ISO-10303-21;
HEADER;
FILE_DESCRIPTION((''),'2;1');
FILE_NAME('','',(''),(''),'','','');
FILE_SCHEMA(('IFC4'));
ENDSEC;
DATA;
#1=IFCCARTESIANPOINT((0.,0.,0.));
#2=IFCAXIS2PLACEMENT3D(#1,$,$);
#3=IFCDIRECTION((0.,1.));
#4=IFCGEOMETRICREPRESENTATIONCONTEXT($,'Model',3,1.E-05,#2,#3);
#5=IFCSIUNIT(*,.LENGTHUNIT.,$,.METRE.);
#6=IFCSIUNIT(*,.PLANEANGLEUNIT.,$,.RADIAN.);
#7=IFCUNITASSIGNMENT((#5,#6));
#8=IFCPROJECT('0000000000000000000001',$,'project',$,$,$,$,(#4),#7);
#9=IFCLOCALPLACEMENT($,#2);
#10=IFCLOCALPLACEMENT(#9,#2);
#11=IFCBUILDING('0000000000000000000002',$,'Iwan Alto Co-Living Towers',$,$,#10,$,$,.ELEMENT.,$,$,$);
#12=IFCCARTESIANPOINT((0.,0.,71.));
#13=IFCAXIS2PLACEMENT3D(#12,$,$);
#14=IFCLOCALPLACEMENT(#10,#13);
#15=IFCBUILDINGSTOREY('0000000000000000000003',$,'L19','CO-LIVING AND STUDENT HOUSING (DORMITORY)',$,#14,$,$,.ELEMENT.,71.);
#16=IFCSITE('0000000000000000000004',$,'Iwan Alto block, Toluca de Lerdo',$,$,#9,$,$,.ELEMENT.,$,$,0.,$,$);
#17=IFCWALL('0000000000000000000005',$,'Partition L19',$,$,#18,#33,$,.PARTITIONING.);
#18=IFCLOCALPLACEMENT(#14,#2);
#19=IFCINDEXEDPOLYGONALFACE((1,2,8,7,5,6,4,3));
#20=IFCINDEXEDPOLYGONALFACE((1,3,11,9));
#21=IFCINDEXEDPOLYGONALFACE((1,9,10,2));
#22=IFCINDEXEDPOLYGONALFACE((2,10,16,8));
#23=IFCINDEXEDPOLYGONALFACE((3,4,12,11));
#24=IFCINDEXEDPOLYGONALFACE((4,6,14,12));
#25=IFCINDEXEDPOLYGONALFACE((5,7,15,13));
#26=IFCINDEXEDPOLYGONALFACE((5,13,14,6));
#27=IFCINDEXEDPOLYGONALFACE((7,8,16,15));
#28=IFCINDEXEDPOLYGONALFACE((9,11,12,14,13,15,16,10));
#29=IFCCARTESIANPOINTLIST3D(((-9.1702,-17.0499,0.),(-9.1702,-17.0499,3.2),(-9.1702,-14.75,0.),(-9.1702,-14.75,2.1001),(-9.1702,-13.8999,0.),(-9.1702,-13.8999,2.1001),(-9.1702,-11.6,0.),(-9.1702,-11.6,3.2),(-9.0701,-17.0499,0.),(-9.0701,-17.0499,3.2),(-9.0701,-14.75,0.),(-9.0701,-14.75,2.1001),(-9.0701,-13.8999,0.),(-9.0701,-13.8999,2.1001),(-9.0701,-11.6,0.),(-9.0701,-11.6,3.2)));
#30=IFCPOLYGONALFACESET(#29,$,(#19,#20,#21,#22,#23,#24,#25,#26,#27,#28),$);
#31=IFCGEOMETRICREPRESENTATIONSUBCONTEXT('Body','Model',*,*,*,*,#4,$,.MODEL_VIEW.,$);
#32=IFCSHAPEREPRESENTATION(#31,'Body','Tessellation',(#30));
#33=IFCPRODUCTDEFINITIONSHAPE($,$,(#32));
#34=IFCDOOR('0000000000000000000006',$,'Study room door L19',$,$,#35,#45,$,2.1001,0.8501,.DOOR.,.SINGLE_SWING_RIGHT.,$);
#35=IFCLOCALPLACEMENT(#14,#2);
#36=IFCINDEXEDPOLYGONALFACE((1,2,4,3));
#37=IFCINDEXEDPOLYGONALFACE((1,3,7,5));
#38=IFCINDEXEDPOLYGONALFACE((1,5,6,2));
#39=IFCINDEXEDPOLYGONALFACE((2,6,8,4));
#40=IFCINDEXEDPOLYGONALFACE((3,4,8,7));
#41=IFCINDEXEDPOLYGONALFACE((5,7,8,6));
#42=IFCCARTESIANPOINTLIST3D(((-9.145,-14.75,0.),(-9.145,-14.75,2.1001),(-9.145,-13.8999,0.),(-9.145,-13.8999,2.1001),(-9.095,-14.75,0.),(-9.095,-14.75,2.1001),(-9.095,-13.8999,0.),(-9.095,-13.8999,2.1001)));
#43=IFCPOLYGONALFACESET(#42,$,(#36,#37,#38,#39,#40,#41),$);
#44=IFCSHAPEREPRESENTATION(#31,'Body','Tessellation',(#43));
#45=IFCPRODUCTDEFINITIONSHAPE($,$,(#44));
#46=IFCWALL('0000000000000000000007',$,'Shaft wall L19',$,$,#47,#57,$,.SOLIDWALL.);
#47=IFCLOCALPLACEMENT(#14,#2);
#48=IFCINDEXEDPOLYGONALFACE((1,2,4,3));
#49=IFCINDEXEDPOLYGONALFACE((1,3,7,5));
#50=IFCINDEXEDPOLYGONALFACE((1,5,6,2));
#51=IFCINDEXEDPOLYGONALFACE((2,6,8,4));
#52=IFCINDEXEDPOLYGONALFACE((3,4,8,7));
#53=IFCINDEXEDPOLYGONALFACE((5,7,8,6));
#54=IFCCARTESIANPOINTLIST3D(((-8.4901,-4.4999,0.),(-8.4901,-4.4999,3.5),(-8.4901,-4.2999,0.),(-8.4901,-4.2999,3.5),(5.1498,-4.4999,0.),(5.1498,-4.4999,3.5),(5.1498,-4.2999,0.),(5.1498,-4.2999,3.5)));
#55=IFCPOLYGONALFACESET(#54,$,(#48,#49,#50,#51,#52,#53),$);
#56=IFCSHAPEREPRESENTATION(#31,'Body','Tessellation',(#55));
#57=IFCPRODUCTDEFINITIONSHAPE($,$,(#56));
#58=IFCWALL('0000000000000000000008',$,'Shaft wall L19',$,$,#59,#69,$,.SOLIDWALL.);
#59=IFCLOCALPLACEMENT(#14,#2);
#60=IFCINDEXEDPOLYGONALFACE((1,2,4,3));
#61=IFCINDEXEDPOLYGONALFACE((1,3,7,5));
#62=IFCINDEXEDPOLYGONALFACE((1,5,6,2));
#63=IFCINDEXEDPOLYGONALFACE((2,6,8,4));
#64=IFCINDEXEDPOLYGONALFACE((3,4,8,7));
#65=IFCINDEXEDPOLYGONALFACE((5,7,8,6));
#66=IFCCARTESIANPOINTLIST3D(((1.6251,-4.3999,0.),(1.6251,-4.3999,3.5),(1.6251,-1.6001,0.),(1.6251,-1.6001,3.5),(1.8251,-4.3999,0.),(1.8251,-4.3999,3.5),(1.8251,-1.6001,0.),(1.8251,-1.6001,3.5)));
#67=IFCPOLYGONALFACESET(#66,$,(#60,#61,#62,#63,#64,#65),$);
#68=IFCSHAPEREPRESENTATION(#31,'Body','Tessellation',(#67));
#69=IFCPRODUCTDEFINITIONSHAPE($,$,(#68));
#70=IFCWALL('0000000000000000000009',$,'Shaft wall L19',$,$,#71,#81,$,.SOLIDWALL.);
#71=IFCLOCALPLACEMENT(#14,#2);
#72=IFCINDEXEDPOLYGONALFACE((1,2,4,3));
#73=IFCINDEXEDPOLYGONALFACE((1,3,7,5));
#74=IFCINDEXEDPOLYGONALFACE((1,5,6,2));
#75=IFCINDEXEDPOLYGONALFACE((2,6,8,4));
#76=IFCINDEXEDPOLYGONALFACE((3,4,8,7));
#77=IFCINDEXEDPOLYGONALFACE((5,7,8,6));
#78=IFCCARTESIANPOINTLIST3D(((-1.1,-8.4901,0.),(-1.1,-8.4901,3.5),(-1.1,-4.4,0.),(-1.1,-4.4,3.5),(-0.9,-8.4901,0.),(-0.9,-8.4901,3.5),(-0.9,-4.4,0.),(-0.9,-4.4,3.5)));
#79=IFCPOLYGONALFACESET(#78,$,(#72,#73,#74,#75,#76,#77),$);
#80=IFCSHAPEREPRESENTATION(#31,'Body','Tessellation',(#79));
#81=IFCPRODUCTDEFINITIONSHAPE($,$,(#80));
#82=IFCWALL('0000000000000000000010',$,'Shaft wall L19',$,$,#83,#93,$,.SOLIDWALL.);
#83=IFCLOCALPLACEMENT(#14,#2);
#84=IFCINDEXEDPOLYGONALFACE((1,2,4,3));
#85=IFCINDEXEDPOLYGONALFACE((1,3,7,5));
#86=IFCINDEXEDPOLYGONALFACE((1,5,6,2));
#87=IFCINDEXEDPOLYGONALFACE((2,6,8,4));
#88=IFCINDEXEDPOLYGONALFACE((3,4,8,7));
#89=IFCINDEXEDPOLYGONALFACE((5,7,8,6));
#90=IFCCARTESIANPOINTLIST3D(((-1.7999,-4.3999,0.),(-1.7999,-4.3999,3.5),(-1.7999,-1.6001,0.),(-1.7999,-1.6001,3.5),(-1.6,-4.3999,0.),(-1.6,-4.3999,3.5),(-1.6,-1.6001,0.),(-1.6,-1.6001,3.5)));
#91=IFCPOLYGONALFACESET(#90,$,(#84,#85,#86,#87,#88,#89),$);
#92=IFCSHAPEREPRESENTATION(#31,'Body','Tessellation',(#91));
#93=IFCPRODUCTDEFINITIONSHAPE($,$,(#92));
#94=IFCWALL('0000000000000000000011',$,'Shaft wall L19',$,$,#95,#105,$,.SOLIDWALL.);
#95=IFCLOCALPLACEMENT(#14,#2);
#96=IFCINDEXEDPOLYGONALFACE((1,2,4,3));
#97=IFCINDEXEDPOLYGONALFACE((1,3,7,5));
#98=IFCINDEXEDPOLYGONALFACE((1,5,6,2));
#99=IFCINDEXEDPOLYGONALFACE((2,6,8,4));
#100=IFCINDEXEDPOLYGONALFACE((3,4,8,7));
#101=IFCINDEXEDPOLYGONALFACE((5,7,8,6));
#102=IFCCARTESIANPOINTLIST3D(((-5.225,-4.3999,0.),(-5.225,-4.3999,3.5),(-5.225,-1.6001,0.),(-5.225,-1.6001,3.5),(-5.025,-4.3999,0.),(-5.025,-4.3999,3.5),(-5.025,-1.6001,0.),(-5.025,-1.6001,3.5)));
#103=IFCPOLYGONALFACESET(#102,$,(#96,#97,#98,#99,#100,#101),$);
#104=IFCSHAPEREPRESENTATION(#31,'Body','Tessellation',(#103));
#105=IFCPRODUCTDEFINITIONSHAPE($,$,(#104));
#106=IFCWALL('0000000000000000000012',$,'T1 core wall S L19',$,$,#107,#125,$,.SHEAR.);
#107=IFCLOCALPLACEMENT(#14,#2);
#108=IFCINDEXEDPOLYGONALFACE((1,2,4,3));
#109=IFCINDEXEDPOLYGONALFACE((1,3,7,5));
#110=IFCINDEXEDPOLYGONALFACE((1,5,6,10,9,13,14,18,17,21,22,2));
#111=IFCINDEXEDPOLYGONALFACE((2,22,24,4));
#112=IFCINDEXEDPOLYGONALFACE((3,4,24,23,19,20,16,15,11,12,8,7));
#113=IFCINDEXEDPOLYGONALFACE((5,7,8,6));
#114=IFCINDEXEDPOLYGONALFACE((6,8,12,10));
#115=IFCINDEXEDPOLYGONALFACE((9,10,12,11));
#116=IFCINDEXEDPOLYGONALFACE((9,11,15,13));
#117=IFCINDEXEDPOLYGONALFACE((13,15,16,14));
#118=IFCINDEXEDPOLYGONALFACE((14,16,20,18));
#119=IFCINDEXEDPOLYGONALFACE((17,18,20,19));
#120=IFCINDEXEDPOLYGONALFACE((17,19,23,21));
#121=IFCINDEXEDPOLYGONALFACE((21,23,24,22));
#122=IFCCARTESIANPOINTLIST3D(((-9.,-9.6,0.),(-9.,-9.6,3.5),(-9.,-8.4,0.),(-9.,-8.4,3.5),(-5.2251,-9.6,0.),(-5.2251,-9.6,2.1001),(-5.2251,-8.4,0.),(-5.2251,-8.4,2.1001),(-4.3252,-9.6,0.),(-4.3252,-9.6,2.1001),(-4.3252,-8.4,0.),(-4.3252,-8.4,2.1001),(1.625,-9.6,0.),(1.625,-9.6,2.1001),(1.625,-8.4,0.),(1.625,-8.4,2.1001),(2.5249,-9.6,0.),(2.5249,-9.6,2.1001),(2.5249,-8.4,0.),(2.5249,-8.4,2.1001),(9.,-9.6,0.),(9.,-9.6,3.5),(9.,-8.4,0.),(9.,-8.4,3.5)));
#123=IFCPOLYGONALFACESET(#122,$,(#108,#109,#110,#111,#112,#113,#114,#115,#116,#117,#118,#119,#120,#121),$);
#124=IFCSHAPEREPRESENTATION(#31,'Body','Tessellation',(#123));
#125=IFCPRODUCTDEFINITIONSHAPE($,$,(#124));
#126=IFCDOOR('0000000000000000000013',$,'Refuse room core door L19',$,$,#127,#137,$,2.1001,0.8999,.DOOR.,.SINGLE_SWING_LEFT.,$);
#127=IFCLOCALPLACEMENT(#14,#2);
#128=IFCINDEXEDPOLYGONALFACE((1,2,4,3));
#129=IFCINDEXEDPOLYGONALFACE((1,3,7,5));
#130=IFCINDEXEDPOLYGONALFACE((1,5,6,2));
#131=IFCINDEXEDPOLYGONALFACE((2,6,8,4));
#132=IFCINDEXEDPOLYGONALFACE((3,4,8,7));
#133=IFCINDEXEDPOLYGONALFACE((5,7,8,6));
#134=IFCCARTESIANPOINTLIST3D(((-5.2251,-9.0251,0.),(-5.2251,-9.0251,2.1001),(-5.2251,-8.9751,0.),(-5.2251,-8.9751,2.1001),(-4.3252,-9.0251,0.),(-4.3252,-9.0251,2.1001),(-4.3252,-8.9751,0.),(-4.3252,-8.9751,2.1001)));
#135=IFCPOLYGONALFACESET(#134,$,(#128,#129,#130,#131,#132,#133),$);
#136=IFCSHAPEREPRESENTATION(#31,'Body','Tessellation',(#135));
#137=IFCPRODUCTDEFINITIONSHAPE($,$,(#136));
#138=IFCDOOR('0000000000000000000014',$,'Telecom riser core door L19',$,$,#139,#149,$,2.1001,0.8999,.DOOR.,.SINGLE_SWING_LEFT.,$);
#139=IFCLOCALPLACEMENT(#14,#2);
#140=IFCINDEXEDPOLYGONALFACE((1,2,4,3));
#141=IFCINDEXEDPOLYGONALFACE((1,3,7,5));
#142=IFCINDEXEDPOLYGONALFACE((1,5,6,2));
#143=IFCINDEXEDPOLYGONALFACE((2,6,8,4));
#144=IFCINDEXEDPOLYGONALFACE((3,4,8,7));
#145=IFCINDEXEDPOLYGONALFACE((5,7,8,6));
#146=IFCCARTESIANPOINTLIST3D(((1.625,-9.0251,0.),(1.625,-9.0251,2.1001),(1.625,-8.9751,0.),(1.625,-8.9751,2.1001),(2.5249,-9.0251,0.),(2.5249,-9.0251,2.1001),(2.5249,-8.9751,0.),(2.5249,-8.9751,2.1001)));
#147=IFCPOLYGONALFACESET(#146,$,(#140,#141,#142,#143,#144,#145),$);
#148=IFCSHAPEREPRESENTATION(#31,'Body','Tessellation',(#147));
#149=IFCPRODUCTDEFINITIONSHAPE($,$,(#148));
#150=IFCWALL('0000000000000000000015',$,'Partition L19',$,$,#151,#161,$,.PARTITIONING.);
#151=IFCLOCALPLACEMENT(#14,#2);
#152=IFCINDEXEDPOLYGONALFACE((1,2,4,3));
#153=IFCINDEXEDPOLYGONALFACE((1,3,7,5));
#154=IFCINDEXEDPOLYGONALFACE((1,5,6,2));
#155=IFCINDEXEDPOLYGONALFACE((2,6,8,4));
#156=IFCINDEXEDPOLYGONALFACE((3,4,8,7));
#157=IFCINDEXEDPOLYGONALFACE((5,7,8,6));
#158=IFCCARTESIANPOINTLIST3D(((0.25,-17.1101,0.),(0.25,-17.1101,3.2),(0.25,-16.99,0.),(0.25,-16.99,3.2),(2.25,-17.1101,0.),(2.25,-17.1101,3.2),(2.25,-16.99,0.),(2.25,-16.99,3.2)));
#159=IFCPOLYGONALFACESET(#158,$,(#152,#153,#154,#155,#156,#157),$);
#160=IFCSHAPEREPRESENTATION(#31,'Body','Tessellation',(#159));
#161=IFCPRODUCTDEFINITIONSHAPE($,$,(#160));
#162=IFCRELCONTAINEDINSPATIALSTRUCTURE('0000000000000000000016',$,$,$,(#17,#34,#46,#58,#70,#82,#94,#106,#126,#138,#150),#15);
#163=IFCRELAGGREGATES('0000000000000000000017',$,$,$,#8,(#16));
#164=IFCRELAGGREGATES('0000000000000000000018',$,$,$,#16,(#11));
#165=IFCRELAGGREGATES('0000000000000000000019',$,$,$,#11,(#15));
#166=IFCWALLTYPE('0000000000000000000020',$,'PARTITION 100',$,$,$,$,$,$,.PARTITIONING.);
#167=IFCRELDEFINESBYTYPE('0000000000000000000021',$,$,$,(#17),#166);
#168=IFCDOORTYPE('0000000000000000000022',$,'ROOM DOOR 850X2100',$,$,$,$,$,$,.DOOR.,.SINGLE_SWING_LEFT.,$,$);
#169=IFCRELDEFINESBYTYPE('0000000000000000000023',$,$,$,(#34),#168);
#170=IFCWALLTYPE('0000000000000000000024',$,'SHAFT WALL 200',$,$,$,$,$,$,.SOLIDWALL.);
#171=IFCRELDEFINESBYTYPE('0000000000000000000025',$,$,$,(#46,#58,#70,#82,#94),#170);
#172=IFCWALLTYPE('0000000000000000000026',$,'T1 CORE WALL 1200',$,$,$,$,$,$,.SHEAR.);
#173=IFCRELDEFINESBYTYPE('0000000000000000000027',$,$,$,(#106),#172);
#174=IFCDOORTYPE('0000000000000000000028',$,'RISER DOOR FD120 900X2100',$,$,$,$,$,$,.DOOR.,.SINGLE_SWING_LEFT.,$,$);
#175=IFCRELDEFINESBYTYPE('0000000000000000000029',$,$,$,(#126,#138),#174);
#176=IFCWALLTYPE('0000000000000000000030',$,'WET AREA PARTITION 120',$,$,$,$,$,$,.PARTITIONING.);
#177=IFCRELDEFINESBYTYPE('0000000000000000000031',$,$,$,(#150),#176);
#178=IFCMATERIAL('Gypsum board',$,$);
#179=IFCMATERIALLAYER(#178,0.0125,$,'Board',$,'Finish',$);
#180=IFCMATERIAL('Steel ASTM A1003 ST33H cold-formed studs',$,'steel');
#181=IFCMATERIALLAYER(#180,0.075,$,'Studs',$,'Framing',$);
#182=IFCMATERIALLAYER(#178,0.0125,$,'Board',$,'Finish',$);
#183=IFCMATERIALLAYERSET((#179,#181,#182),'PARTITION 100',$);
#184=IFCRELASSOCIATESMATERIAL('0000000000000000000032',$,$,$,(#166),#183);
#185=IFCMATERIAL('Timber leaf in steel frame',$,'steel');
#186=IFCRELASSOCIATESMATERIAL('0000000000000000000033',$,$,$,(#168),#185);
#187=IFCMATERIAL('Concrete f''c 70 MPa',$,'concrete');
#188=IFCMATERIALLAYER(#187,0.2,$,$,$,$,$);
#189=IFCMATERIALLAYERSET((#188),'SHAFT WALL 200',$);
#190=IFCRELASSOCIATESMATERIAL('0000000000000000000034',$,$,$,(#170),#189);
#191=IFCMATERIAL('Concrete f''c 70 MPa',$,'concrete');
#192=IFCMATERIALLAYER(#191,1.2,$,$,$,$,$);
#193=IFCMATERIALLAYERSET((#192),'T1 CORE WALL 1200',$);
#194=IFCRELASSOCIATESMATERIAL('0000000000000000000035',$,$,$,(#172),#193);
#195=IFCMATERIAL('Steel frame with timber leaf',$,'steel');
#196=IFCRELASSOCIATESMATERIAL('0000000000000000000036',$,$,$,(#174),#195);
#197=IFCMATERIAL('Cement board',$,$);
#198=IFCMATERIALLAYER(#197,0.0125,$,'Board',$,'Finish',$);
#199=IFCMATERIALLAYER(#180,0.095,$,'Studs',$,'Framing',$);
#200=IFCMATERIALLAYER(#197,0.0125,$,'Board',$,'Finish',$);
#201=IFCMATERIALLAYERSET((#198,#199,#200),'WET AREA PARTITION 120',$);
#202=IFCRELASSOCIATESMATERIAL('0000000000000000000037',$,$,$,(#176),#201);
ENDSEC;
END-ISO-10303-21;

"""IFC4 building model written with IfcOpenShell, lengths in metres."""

from ifc_helpers import new_model, si_unit, direction, frame, frame_2d, origin, place, context, subcontext, project, spatial, rectangle, extrude, material, layer, layer_set, type_object, element, fill, save


model = new_model("IFC4")

# Units and contexts
model_context = context("Model", 3, precision=1e-05, world=origin(), true_north=direction((0.0, 1.0)))
body_context = subcontext(model_context, "Body", "Model", "MODEL_VIEW")
ifc_project = project(units=[si_unit("LENGTHUNIT", "METRE"), si_unit("PLANEANGLEUNIT", "RADIAN")], contexts=[model_context])

# Site, building, storey
site_placement = place(None, origin())
site = spatial("IfcSite", under=ifc_project, at=site_placement, Name="Iwan Alto block, Toluca de Lerdo", CompositionType="ELEMENT", RefElevation=0.0)
building_placement = place(site_placement, origin())
building = spatial("IfcBuilding", under=site, at=building_placement, Name="Iwan Alto Co-Living Towers", CompositionType="ELEMENT")
storey_placement = place(building_placement, frame((0.0, 0.0, 71.0)))
storey = spatial("IfcBuildingStorey", under=building, at=storey_placement, Name="L19", Description="CO-LIVING AND STUDENT HOUSING (DORMITORY)", CompositionType="ELEMENT", Elevation=71.0)

# Shared definitions
ifc_material_1 = material(Name="Gypsum board")
ifc_layer_1 = layer(ifc_material_1, 0.0125, Name="Board", Category="Finish")
ifc_material_2 = material(Name="Steel ASTM A1003 ST33H cold-formed studs", Category="steel")
ifc_layer_2 = layer(ifc_material_2, 0.075, Name="Studs", Category="Framing")
ifc_layer_3 = layer(ifc_material_1, 0.0125, Name="Board", Category="Finish")
ifc_layer_set_1 = layer_set([ifc_layer_1, ifc_layer_2, ifc_layer_3], Name="PARTITION 100")
wall_type_1 = type_object("IfcWallType", Name="PARTITION 100", PredefinedType="PARTITIONING", material=ifc_layer_set_1)

# Wall, opening, door
wall_1_placement = place(storey_placement, frame((-9.1201, -17.05, 0.0), z_axis=(0.0, 0.0, 1.0), x_axis=(0.0, 1.0, 0.0)))
wall_1 = element("IfcWall", 1, at=wall_1_placement, inside=storey, type_object=wall_type_1, Name="Partition L19", PredefinedType="PARTITIONING", context=body_context, shape_type="SweptSolid", body=[
    extrude(rectangle(XDim=5.45, YDim=0.1001, at=frame_2d((2.7251, 0.0))), origin(), (0.0, 0.0, 1.0), 3.2),
])
opening_1_placement = place(wall_1_placement, frame((2.3, 0.0, 0.0)))
opening_1 = element("IfcOpeningElement", 2, at=opening_1_placement, cuts=wall_1, PredefinedType="OPENING", context=body_context, shape_type="SweptSolid", body=[
    extrude(rectangle(XDim=0.8501, YDim=2.1001, at=frame_2d((0.425, 1.05))), frame((0.0, 0.0601, 0.0), z_axis=(0.0, -1.0, 0.0), x_axis=(1.0, 0.0, 0.0)), (0.0, 0.0, 1.0), 0.1201),
])
ifc_material_3 = material(Name="Timber leaf in steel frame", Category="steel")
door_type_1 = type_object("IfcDoorType", Name="ROOM DOOR 850X2100", OperationType="SINGLE_SWING_LEFT", PredefinedType="DOOR", material=ifc_material_3)
door_1_placement = place(opening_1_placement, origin())
door_1 = element("IfcDoor", 3, at=door_1_placement, inside=storey, type_object=door_type_1, Name="Study room door L19", OperationType="SINGLE_SWING_RIGHT", OverallHeight=2.1001, OverallWidth=0.8501, PredefinedType="DOOR", context=body_context, shape_type="SweptSolid", body=[
    extrude(rectangle(XDim=0.8501, YDim=2.1001, at=frame_2d((0.425, 1.05))), frame((0.0, 0.0249, 0.0), z_axis=(0.0, -1.0, 0.0), x_axis=(1.0, 0.0, 0.0)), (0.0, 0.0, 1.0), 0.05),
])
fill(opening_1, door_1)

# Walls
ifc_material_4 = material(Name="Concrete f'c 70 MPa", Category="concrete")
ifc_layer_4 = layer(ifc_material_4, 0.2)
ifc_layer_set_2 = layer_set([ifc_layer_4], Name="SHAFT WALL 200")
wall_type_2 = type_object("IfcWallType", Name="SHAFT WALL 200", PredefinedType="SOLIDWALL", material=ifc_layer_set_2)
wall_2_placement = place(storey_placement, frame((-8.49, -4.3999, 0.0), z_axis=(0.0, 0.0, 1.0), x_axis=(1.0, 0.0, 0.0)))
element("IfcWall", 4, at=wall_2_placement, inside=storey, type_object=wall_type_2, Name="Shaft wall L19", PredefinedType="SOLIDWALL", context=body_context, shape_type="SweptSolid", body=[
    extrude(rectangle(XDim=13.6399, YDim=0.2, at=frame_2d((6.8198, 0.0))), origin(), (0.0, 0.0, 1.0), 3.5),
])
wall_3_placement = place(storey_placement, frame((1.7251, -4.3999, 0.0), z_axis=(0.0, 0.0, 1.0), x_axis=(0.0, 1.0, 0.0)))
element("IfcWall", 5, at=wall_3_placement, inside=storey, type_object=wall_type_2, Name="Shaft wall L19", PredefinedType="SOLIDWALL", context=body_context, shape_type="SweptSolid", body=[
    extrude(rectangle(XDim=2.7998, YDim=0.2, at=frame_2d((1.3999, 0.0))), origin(), (0.0, 0.0, 1.0), 3.5),
])
wall_4_placement = place(storey_placement, frame((-1.0, -8.49, 0.0), z_axis=(0.0, 0.0, 1.0), x_axis=(0.0, 1.0, 0.0)))
element("IfcWall", 6, at=wall_4_placement, inside=storey, type_object=wall_type_2, Name="Shaft wall L19", PredefinedType="SOLIDWALL", context=body_context, shape_type="SweptSolid", body=[
    extrude(rectangle(XDim=4.0901, YDim=0.2, at=frame_2d((2.0449, 0.0))), origin(), (0.0, 0.0, 1.0), 3.5),
])
for number, where, z_axis, x_axis, name in (
    (7, (-1.7, -4.3999, 0.0), (0.0, 0.0, 1.0), (0.0, 1.0, 0.0), "Shaft wall L19"),
    (8, (-5.125, -4.3999, 0.0), (0.0, 0.0, 1.0), (0.0, 1.0, 0.0), "Shaft wall L19"),
):
    element("IfcWall", number, at=place(storey_placement, frame(where, z_axis=z_axis, x_axis=x_axis)), inside=storey, type_object=wall_type_2, Name=name, PredefinedType="SOLIDWALL", context=body_context, shape_type="SweptSolid", body=[
        extrude(rectangle(XDim=2.7998, YDim=0.2, at=frame_2d((1.3999, 0.0))), origin(), (0.0, 0.0, 1.0), 3.5),
    ])

# Wall, openings, doors
ifc_material_5 = material(Name="Concrete f'c 70 MPa", Category="concrete")
ifc_layer_5 = layer(ifc_material_5, 1.2)
ifc_layer_set_3 = layer_set([ifc_layer_5], Name="T1 CORE WALL 1200")
wall_type_3 = type_object("IfcWallType", Name="T1 CORE WALL 1200", PredefinedType="SHEAR", material=ifc_layer_set_3)
wall_5_placement = place(storey_placement, frame((-9.0, -9.0, 0.0), z_axis=(0.0, 0.0, 1.0), x_axis=(1.0, 0.0, 0.0)))
wall_5 = element("IfcWall", 9, at=wall_5_placement, inside=storey, type_object=wall_type_3, Name="T1 core wall S L19", PredefinedType="SHEAR", context=body_context, shape_type="SweptSolid", body=[
    extrude(rectangle(XDim=18.0, YDim=1.2, at=frame_2d((9.0, 0.0))), origin(), (0.0, 0.0, 1.0), 3.5),
])
opening_2_placement = place(wall_5_placement, frame((3.7749, 0.0, 0.0)))
opening_2 = element("IfcOpeningElement", 10, at=opening_2_placement, cuts=wall_5, PredefinedType="OPENING", context=body_context, shape_type="SweptSolid", body=[
    extrude(rectangle(XDim=0.8999, YDim=2.1001, at=frame_2d((0.45, 1.05))), frame((0.0, 0.6099, 0.0), z_axis=(0.0, -1.0, 0.0), x_axis=(1.0, 0.0, 0.0)), (0.0, 0.0, 1.0), 1.22),
])
opening_3_placement = place(wall_5_placement, frame((10.625, 0.0, 0.0)))
opening_3 = element("IfcOpeningElement", 11, at=opening_3_placement, cuts=wall_5, PredefinedType="OPENING", context=body_context, shape_type="SweptSolid", body=[
    extrude(rectangle(XDim=0.8999, YDim=2.1001, at=frame_2d((0.45, 1.05))), frame((0.0, 0.6099, 0.0), z_axis=(0.0, -1.0, 0.0), x_axis=(1.0, 0.0, 0.0)), (0.0, 0.0, 1.0), 1.22),
])
ifc_material_6 = material(Name="Steel frame with timber leaf", Category="steel")
door_type_2 = type_object("IfcDoorType", Name="RISER DOOR FD120 900X2100", OperationType="SINGLE_SWING_LEFT", PredefinedType="DOOR", material=ifc_material_6)
door_2_placement = place(opening_2_placement, origin())
door_2 = element("IfcDoor", 12, at=door_2_placement, inside=storey, type_object=door_type_2, Name="Refuse room core door L19", OperationType="SINGLE_SWING_LEFT", OverallHeight=2.1001, OverallWidth=0.8999, PredefinedType="DOOR", context=body_context, shape_type="SweptSolid", body=[
    extrude(rectangle(XDim=0.8999, YDim=2.1001, at=frame_2d((0.45, 1.05))), frame((0.0, 0.0249, 0.0), z_axis=(0.0, -1.0, 0.0), x_axis=(1.0, 0.0, 0.0)), (0.0, 0.0, 1.0), 0.05),
])
fill(opening_2, door_2)
door_3_placement = place(opening_3_placement, origin())
door_3 = element("IfcDoor", 13, at=door_3_placement, inside=storey, type_object=door_type_2, Name="Telecom riser core door L19", OperationType="SINGLE_SWING_LEFT", OverallHeight=2.1001, OverallWidth=0.8999, PredefinedType="DOOR", context=body_context, shape_type="SweptSolid", body=[
    extrude(rectangle(XDim=0.8999, YDim=2.1001, at=frame_2d((0.45, 1.05))), frame((0.0, 0.0249, 0.0), z_axis=(0.0, -1.0, 0.0), x_axis=(1.0, 0.0, 0.0)), (0.0, 0.0, 1.0), 0.05),
])
fill(opening_3, door_3)

# Wall
ifc_material_7 = material(Name="Cement board")
ifc_layer_6 = layer(ifc_material_7, 0.0125, Name="Board", Category="Finish")
ifc_layer_7 = layer(ifc_material_2, 0.095, Name="Studs", Category="Framing")
ifc_layer_8 = layer(ifc_material_7, 0.0125, Name="Board", Category="Finish")
ifc_layer_set_4 = layer_set([ifc_layer_6, ifc_layer_7, ifc_layer_8], Name="WET AREA PARTITION 120")
wall_type_4 = type_object("IfcWallType", Name="WET AREA PARTITION 120", PredefinedType="PARTITIONING", material=ifc_layer_set_4)
wall_6_placement = place(storey_placement, frame((0.25, -17.05, 0.0), z_axis=(0.0, 0.0, 1.0), x_axis=(1.0, 0.0, 0.0)))
element("IfcWall", 14, at=wall_6_placement, inside=storey, type_object=wall_type_4, Name="Partition L19", PredefinedType="PARTITIONING", context=body_context, shape_type="SweptSolid", body=[
    extrude(rectangle(XDim=2.0, YDim=0.1201, at=frame_2d((1.0, 0.0))), origin(), (0.0, 0.0, 1.0), 3.2),
])

save(model, "model.ifc")
